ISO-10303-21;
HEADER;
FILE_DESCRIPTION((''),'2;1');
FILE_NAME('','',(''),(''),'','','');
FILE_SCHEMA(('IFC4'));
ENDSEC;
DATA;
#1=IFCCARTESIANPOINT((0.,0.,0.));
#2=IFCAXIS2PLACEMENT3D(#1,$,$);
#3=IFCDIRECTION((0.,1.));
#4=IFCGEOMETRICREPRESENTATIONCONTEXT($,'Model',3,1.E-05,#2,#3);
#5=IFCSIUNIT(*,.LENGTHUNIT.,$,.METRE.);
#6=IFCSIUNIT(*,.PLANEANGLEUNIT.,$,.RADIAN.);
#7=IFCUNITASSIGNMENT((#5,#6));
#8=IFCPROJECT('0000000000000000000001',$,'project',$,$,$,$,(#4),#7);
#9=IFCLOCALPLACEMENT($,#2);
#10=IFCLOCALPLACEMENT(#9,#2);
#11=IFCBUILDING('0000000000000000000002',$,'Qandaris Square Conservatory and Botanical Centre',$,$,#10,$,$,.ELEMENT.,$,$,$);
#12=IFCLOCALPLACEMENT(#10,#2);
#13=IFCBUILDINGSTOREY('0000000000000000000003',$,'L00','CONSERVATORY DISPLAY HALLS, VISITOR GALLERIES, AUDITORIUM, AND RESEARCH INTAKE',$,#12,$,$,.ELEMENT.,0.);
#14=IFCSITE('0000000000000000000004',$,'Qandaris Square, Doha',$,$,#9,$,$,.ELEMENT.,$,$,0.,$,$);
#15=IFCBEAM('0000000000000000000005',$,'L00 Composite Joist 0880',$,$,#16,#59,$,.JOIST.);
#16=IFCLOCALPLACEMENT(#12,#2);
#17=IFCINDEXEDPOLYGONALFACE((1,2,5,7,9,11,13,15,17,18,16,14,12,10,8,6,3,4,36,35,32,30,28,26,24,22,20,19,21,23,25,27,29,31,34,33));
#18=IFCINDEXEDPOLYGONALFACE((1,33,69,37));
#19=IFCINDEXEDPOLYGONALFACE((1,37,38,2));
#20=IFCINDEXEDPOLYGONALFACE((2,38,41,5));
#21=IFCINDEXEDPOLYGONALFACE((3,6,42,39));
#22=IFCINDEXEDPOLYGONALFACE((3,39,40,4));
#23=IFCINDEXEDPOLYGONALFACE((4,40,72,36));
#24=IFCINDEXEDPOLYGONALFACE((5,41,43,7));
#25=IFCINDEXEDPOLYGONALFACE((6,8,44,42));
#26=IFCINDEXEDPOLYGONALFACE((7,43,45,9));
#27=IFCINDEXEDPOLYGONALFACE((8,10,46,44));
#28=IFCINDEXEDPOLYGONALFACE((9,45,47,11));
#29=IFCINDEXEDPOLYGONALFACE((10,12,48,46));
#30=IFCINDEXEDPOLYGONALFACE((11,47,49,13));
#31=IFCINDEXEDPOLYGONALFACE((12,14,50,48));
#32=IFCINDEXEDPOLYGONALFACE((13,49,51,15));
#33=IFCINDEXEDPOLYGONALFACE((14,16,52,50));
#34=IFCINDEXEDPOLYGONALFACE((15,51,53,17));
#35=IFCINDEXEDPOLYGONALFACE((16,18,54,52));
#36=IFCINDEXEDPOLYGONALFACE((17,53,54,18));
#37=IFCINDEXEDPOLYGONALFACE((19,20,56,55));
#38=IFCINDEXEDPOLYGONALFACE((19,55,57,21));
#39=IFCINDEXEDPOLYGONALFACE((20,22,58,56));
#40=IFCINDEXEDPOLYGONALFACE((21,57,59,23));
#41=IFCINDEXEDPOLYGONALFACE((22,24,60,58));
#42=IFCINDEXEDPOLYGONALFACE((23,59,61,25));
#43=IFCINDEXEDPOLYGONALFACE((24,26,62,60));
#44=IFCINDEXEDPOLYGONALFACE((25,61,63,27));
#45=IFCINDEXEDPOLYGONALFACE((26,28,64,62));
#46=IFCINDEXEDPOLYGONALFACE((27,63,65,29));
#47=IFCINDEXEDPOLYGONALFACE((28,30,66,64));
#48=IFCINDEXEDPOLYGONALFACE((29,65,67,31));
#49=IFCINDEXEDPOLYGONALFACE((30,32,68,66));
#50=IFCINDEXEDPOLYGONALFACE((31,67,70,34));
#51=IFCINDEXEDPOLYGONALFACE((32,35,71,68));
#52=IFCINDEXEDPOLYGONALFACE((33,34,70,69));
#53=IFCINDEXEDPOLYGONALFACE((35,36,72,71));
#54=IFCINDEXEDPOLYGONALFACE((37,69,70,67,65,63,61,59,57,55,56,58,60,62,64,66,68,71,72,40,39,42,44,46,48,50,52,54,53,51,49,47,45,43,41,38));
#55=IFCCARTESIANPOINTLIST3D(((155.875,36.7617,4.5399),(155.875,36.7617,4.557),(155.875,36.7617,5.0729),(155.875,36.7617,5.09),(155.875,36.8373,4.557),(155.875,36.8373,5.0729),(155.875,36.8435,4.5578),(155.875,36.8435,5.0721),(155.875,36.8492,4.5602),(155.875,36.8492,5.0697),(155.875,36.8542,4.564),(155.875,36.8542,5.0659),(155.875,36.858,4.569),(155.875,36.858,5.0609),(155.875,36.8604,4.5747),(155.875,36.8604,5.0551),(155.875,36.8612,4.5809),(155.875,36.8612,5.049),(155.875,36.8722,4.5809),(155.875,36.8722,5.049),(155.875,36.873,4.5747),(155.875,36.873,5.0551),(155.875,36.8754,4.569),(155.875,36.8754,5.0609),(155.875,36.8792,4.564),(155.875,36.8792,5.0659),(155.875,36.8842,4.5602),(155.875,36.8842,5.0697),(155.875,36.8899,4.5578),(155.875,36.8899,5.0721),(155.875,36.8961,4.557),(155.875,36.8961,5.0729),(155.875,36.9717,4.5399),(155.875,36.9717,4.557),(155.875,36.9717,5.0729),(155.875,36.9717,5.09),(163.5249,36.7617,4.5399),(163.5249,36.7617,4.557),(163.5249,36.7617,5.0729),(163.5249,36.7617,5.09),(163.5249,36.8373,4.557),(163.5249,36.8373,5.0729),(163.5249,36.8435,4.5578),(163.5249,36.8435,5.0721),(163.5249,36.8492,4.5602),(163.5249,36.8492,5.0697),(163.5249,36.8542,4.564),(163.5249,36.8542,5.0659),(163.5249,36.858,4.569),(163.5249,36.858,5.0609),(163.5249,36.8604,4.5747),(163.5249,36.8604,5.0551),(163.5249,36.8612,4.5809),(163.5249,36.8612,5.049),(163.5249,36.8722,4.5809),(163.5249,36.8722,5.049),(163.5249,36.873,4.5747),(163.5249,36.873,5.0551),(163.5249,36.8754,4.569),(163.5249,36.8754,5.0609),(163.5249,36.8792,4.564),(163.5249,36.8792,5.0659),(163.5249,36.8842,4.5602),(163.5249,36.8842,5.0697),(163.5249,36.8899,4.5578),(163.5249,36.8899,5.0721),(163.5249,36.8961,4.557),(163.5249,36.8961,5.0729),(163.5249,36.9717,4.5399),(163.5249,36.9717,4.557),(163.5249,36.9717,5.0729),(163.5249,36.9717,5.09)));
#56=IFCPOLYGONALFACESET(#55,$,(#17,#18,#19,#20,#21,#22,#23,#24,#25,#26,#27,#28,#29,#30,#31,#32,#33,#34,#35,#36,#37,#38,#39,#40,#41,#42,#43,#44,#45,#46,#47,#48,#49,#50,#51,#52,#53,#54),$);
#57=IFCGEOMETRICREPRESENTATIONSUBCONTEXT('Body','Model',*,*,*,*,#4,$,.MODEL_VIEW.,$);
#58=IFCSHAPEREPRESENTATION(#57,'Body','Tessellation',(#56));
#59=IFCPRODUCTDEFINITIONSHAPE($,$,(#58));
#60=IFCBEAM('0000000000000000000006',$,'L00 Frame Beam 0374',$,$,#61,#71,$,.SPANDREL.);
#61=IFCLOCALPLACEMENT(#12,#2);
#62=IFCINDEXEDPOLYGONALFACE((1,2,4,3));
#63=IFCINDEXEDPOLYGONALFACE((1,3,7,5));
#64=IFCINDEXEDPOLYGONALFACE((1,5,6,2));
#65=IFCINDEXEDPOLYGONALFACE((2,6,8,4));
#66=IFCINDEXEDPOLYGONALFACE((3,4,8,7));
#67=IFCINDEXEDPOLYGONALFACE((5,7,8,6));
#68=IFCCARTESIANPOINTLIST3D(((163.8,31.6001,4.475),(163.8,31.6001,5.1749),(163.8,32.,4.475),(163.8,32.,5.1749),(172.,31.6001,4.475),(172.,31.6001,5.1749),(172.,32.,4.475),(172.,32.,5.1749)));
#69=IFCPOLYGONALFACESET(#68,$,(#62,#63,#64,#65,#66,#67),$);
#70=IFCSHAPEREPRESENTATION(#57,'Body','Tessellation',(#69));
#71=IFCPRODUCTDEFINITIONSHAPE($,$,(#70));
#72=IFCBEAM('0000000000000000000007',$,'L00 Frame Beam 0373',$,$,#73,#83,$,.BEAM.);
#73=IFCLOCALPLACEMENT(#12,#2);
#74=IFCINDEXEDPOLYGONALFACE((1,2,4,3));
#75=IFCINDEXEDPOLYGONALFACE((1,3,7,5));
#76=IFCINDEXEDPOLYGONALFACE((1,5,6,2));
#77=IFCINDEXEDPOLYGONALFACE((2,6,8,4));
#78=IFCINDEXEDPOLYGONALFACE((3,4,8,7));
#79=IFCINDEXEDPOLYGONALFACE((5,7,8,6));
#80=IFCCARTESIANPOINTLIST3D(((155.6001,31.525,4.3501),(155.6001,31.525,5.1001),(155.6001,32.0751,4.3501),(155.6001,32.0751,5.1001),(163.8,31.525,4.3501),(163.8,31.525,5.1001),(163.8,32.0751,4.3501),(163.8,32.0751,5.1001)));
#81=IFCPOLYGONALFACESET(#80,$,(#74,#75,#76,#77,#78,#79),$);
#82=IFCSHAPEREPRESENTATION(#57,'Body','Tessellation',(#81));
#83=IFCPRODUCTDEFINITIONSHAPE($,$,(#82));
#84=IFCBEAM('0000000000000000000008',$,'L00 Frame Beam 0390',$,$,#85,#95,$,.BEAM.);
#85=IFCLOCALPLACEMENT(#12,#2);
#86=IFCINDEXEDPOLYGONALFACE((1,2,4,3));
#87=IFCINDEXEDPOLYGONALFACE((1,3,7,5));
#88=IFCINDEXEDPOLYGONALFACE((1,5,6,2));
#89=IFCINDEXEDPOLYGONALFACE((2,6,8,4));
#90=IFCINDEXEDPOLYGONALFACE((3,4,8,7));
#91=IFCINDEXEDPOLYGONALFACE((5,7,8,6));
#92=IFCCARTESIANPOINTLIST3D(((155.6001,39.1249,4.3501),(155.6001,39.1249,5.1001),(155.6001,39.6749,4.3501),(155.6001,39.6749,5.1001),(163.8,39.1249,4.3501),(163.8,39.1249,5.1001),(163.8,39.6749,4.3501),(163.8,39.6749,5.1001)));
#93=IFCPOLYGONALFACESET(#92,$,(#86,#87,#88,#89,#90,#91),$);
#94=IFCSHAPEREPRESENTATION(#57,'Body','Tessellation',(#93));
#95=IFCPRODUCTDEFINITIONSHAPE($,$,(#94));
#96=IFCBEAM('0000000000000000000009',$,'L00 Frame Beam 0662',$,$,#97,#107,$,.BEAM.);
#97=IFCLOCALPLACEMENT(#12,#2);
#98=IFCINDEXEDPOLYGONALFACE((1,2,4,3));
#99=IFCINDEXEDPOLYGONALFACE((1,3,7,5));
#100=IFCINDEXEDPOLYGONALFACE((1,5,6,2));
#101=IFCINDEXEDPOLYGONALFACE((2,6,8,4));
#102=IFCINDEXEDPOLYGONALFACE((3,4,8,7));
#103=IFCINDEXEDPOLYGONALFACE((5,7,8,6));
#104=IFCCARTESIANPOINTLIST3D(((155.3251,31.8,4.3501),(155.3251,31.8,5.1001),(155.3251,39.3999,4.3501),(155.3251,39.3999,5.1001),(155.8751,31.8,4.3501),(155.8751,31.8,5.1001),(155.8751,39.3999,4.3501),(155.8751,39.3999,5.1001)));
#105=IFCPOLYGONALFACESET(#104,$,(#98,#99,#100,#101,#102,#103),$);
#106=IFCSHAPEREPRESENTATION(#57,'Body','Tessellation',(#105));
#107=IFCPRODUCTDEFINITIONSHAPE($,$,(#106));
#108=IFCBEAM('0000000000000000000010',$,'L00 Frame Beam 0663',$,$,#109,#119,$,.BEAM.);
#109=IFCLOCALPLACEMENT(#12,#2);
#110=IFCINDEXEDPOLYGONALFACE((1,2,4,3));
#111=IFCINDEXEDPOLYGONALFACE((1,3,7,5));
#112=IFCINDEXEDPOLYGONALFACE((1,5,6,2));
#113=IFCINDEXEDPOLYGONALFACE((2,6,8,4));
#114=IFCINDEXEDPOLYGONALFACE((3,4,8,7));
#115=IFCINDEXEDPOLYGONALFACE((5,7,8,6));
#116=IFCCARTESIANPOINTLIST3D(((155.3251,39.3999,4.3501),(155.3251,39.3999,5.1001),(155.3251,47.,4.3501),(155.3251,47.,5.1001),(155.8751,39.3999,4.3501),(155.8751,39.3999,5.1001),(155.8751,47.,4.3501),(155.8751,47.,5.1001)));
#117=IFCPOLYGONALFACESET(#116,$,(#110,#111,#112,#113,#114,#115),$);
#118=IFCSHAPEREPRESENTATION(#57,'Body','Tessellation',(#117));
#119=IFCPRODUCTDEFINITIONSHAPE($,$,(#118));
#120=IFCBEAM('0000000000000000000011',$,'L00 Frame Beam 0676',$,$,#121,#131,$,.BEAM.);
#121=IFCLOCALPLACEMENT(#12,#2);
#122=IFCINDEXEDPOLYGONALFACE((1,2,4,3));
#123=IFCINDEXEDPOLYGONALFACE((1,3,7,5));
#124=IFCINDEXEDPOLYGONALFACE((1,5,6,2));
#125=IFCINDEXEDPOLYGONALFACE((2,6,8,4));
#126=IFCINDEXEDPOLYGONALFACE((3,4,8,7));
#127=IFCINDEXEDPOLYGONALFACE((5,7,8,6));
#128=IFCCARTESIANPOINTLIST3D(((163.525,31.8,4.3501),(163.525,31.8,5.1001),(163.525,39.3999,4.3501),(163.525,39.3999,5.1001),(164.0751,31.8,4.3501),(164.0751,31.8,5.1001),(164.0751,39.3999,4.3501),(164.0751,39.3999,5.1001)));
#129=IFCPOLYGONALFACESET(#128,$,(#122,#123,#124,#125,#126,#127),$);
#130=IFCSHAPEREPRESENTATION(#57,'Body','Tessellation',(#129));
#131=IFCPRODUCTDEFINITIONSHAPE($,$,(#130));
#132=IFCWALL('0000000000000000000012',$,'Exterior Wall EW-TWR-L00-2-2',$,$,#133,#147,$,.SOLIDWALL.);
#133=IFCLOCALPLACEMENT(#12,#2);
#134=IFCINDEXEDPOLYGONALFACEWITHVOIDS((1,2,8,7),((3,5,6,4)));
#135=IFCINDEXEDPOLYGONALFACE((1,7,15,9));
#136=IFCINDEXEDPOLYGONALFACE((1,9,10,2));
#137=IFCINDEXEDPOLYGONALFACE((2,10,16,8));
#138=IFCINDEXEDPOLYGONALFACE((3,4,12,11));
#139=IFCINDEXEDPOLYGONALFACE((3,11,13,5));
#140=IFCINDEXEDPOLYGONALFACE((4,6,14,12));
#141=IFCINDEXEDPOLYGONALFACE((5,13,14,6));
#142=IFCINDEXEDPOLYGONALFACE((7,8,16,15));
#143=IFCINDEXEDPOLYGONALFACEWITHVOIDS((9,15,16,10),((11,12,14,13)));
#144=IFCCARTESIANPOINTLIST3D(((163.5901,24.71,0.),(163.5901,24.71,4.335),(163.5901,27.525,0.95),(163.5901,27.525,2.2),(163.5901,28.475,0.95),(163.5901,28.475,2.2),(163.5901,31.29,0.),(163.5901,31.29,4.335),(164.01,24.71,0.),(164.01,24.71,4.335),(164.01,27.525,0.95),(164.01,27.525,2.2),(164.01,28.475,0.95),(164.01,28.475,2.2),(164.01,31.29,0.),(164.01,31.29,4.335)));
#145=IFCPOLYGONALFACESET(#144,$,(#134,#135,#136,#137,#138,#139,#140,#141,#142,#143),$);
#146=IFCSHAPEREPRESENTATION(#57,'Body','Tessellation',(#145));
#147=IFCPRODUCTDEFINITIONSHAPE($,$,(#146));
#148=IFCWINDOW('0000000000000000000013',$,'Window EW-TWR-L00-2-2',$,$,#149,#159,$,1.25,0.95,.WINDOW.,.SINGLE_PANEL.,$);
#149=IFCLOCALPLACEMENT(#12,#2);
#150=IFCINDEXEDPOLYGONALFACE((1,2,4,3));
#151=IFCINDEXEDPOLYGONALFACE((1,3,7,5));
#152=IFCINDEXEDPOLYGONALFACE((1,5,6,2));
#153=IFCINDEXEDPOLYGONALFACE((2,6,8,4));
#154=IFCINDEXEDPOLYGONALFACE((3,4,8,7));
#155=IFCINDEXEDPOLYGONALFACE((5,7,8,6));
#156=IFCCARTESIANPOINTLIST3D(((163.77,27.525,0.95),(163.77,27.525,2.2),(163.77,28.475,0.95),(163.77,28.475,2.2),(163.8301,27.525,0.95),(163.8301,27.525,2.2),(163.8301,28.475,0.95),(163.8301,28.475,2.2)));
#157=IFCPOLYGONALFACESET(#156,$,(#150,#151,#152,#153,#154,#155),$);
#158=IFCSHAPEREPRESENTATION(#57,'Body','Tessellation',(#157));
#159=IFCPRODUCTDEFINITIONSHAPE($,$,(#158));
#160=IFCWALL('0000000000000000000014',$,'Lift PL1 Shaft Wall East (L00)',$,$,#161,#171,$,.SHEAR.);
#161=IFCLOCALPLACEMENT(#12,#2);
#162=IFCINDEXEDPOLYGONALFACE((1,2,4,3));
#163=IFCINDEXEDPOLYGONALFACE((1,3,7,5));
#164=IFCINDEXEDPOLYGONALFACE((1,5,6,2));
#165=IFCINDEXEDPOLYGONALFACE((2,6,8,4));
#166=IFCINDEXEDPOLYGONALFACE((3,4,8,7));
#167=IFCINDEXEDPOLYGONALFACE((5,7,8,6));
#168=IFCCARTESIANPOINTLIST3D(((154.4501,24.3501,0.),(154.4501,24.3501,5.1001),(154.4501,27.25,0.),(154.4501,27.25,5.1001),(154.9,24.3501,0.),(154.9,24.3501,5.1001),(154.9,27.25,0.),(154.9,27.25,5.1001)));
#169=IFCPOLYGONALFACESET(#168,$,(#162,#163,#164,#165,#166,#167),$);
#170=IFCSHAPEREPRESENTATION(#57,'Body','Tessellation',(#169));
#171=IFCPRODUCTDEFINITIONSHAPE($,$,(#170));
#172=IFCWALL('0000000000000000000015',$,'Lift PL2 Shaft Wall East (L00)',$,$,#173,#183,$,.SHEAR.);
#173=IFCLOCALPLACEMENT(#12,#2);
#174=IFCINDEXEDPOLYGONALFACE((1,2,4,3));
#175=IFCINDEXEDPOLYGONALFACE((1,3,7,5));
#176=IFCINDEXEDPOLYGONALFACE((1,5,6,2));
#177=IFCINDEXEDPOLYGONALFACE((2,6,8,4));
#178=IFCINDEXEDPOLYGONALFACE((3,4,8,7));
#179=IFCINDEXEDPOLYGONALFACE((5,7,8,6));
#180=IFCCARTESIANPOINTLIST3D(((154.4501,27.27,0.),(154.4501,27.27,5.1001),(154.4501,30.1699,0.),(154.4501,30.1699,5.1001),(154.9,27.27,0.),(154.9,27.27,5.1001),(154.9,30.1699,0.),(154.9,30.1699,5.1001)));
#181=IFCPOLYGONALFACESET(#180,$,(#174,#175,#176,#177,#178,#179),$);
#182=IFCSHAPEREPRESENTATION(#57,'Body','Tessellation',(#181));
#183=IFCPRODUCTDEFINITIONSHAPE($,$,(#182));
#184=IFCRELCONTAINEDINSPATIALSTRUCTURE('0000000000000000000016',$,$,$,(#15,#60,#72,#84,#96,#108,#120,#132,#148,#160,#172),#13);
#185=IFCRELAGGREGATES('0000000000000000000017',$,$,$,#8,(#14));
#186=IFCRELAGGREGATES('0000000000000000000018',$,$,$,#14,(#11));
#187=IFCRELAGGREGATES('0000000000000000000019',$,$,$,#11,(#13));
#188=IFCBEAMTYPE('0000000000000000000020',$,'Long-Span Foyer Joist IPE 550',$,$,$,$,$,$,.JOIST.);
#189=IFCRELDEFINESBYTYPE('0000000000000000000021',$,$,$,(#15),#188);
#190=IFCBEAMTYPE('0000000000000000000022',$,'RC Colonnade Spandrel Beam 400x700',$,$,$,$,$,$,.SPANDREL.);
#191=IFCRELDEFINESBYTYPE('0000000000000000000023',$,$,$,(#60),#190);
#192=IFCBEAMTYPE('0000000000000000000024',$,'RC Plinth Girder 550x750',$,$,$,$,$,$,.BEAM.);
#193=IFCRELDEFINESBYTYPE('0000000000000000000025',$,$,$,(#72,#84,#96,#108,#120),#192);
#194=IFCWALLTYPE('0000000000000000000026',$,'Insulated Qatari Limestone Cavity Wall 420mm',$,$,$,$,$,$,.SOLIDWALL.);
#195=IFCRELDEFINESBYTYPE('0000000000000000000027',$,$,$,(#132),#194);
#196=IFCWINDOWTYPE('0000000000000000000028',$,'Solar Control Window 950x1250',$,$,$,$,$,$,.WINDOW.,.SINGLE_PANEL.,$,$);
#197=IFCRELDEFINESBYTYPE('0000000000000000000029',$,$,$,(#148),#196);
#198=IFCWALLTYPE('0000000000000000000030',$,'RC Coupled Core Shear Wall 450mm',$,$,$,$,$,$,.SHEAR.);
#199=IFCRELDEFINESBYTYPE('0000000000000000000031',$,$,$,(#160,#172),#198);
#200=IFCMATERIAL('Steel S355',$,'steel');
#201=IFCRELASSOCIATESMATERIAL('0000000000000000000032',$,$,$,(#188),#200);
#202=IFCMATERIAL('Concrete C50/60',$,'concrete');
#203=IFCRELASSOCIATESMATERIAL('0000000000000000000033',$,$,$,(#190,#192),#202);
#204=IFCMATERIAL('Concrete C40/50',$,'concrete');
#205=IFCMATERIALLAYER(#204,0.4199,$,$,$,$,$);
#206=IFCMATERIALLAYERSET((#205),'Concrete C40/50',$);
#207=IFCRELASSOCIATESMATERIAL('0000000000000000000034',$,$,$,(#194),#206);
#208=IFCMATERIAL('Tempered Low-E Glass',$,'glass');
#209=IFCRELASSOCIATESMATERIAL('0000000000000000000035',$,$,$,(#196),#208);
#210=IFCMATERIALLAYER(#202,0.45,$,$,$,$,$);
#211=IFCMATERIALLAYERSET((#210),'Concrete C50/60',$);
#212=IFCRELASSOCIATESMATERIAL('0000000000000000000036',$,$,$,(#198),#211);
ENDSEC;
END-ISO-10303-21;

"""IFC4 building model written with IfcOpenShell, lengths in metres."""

from ifc_helpers import new_model, si_unit, direction, frame, frame_2d, origin, origin_2d, place, context, subcontext, project, spatial, rectangle, i_section, extrude, material, layer, layer_set, material_profile, profile_set, type_object, element, fill, save


model = new_model("IFC4")

# Units and contexts
model_context = context("Model", 3, precision=1e-05, world=origin(), true_north=direction((0.0, 1.0)))
body_context = subcontext(model_context, "Body", "Model", "MODEL_VIEW")
ifc_project = project(units=[si_unit("LENGTHUNIT", "METRE"), si_unit("PLANEANGLEUNIT", "RADIAN")], contexts=[model_context])

# Site, building, storey
site_placement = place(None, origin())
site = spatial("IfcSite", under=ifc_project, at=site_placement, Name="Qandaris Square, Doha", CompositionType="ELEMENT", RefElevation=0.0)
building_placement = place(site_placement, origin())
building = spatial("IfcBuilding", under=site, at=building_placement, Name="Qandaris Square Conservatory and Botanical Centre", CompositionType="ELEMENT")
storey_placement = place(building_placement, origin())
storey = spatial("IfcBuildingStorey", under=building, at=storey_placement, Name="L00", Description="CONSERVATORY DISPLAY HALLS, VISITOR GALLERIES, AUDITORIUM, AND RESEARCH INTAKE", CompositionType="ELEMENT", Elevation=0.0)

# Shared definitions
ifc_material_1 = material(Name="Concrete C50/60", Category="concrete")

# Beams
ifc_material_2 = material(Name="Steel S355", Category="steel")
ifc_material_profile_1 = material_profile(ifc_material_2, i_section(OverallWidth=0.21, OverallDepth=0.55, WebThickness=0.011, FlangeThickness=0.0171, FilletRadius=0.0239, at=origin_2d()), Name="IPE 550")
ifc_profile_set_1 = profile_set([ifc_material_profile_1], Name="Steel S355")
beam_type_1 = type_object("IfcBeamType", Name="Long-Span Foyer Joist IPE 550", PredefinedType="JOIST", material=ifc_profile_set_1)
beam_1_placement = place(storey_placement, frame((155.875, 36.8667, 4.8149), z_axis=(1.0, 0.0, 0.0), x_axis=(0.0, 1.0, 0.0)))
element("IfcBeam", 1, at=beam_1_placement, inside=storey, type_object=beam_type_1, Name="L00 Composite Joist 0880", PredefinedType="JOIST", context=body_context, shape_type="SweptSolid", body=[
    extrude(i_section(OverallWidth=0.21, OverallDepth=0.55, WebThickness=0.011, FlangeThickness=0.0171, FilletRadius=0.0239, at=origin_2d()), origin(), (0.0, 0.0, 1.0), 7.6499),
])
ifc_material_profile_2 = material_profile(ifc_material_1, rectangle(XDim=0.3999, YDim=0.7, at=origin_2d()), Name="RC-SP 400x700")
ifc_profile_set_2 = profile_set([ifc_material_profile_2], Name="Concrete C50/60")
beam_type_2 = type_object("IfcBeamType", Name="RC Colonnade Spandrel Beam 400x700", PredefinedType="SPANDREL", material=ifc_profile_set_2)
beam_2_placement = place(storey_placement, frame((163.8, 31.8, 4.825), z_axis=(1.0, 0.0, 0.0), x_axis=(0.0, 1.0, 0.0)))
element("IfcBeam", 2, at=beam_2_placement, inside=storey, type_object=beam_type_2, Name="L00 Frame Beam 0374", PredefinedType="SPANDREL", context=body_context, shape_type="SweptSolid", body=[
    extrude(rectangle(XDim=0.3999, YDim=0.7, at=origin_2d()), origin(), (0.0, 0.0, 1.0), 8.2),
])
ifc_material_profile_3 = material_profile(ifc_material_1, rectangle(XDim=0.55, YDim=0.75, at=origin_2d()), Name="RC-BM 550x750")
ifc_profile_set_3 = profile_set([ifc_material_profile_3], Name="Concrete C50/60")
beam_type_3 = type_object("IfcBeamType", Name="RC Plinth Girder 550x750", PredefinedType="BEAM", material=ifc_profile_set_3)
for number, where, z_axis, x_axis, name in (
    (3, (155.6001, 31.8, 4.7251), (1.0, 0.0, 0.0), (0.0, 1.0, 0.0), "L00 Frame Beam 0373"),
    (4, (155.6001, 39.3999, 4.7251), (1.0, 0.0, 0.0), (0.0, 1.0, 0.0), "L00 Frame Beam 0390"),
):
    element("IfcBeam", number, at=place(storey_placement, frame(where, z_axis=z_axis, x_axis=x_axis)), inside=storey, type_object=beam_type_3, Name=name, PredefinedType="BEAM", context=body_context, shape_type="SweptSolid", body=[
        extrude(rectangle(XDim=0.55, YDim=0.75, at=origin_2d()), origin(), (0.0, 0.0, 1.0), 8.2),
    ])
beam_3_placement = place(storey_placement, frame((155.6001, 31.8, 4.7251), z_axis=(0.0, 1.0, 0.0), x_axis=(-1.0, 0.0, 0.0)))
element("IfcBeam", 5, at=beam_3_placement, inside=storey, type_object=beam_type_3, Name="L00 Frame Beam 0662", PredefinedType="BEAM", context=body_context, shape_type="SweptSolid", body=[
    extrude(rectangle(XDim=0.55, YDim=0.75, at=origin_2d()), origin(), (0.0, 0.0, 1.0), 7.5999),
])
beam_4_placement = place(storey_placement, frame((155.6001, 39.3999, 4.7251), z_axis=(0.0, 1.0, 0.0), x_axis=(-1.0, 0.0, 0.0)))
element("IfcBeam", 6, at=beam_4_placement, inside=storey, type_object=beam_type_3, Name="L00 Frame Beam 0663", PredefinedType="BEAM", context=body_context, shape_type="SweptSolid", body=[
    extrude(rectangle(XDim=0.55, YDim=0.75, at=origin_2d()), origin(), (0.0, 0.0, 1.0), 7.6001),
])
beam_5_placement = place(storey_placement, frame((163.8, 31.8, 4.7251), z_axis=(0.0, 1.0, 0.0), x_axis=(-1.0, 0.0, 0.0)))
element("IfcBeam", 7, at=beam_5_placement, inside=storey, type_object=beam_type_3, Name="L00 Frame Beam 0676", PredefinedType="BEAM", context=body_context, shape_type="SweptSolid", body=[
    extrude(rectangle(XDim=0.55, YDim=0.75, at=origin_2d()), origin(), (0.0, 0.0, 1.0), 7.5999),
])

# Wall, opening, window
ifc_material_3 = material(Name="Concrete C40/50", Category="concrete")
ifc_layer_1 = layer(ifc_material_3, 0.4199)
ifc_layer_set_1 = layer_set([ifc_layer_1], Name="Concrete C40/50")
wall_type_1 = type_object("IfcWallType", Name="Insulated Qatari Limestone Cavity Wall 420mm", PredefinedType="SOLIDWALL", material=ifc_layer_set_1)
wall_1_placement = place(storey_placement, frame((163.8, 24.71, 0.0), z_axis=(0.0, 0.0, 1.0), x_axis=(0.0, 1.0, 0.0)))
wall_1 = element("IfcWall", 8, at=wall_1_placement, inside=storey, type_object=wall_type_1, Name="Exterior Wall EW-TWR-L00-2-2", PredefinedType="SOLIDWALL", context=body_context, shape_type="SweptSolid", body=[
    extrude(rectangle(XDim=6.5801, YDim=0.4199, at=frame_2d((3.29, 0.0))), origin(), (0.0, 0.0, 1.0), 4.335),
])
opening_placement = place(wall_1_placement, frame((2.8149, 0.0, 0.95)))
opening = element("IfcOpeningElement", 9, at=opening_placement, cuts=wall_1, PredefinedType="OPENING", context=body_context, shape_type="SweptSolid", body=[
    extrude(rectangle(XDim=0.95, YDim=1.25, at=frame_2d((0.4751, 0.625))), frame((0.0, 0.2219, 0.0), z_axis=(0.0, -1.0, 0.0), x_axis=(1.0, 0.0, 0.0)), (0.0, 0.0, 1.0), 0.4438),
])
ifc_material_4 = material(Name="Tempered Low-E Glass", Category="glass")
window_type = type_object("IfcWindowType", Name="Solar Control Window 950x1250", PartitioningType="SINGLE_PANEL", PredefinedType="WINDOW", material=ifc_material_4)
window_placement = place(opening_placement, origin())
window = element("IfcWindow", 10, at=window_placement, inside=storey, type_object=window_type, Name="Window EW-TWR-L00-2-2", OverallHeight=1.25, OverallWidth=0.95, PartitioningType="SINGLE_PANEL", PredefinedType="WINDOW", context=body_context, shape_type="SweptSolid", body=[
    extrude(rectangle(XDim=0.95, YDim=1.25, at=frame_2d((0.4751, 0.625))), frame((0.0, 0.03, 0.0), z_axis=(0.0, -1.0, 0.0), x_axis=(1.0, 0.0, 0.0)), (0.0, 0.0, 1.0), 0.0601),
])
fill(opening, window)

# Walls
ifc_layer_2 = layer(ifc_material_1, 0.45)
ifc_layer_set_2 = layer_set([ifc_layer_2], Name="Concrete C50/60")
wall_type_2 = type_object("IfcWallType", Name="RC Coupled Core Shear Wall 450mm", PredefinedType="SHEAR", material=ifc_layer_set_2)
for number, where, z_axis, x_axis, name in (
    (11, (154.675, 24.3501, 0.0), (0.0, 0.0, 1.0), (0.0, 1.0, 0.0), "Lift PL1 Shaft Wall East (L00)"),
    (12, (154.675, 27.27, 0.0), (0.0, 0.0, 1.0), (0.0, 1.0, 0.0), "Lift PL2 Shaft Wall East (L00)"),
):
    element("IfcWall", number, at=place(storey_placement, frame(where, z_axis=z_axis, x_axis=x_axis)), inside=storey, type_object=wall_type_2, Name=name, PredefinedType="SHEAR", context=body_context, shape_type="SweptSolid", body=[
        extrude(rectangle(XDim=2.8999, YDim=0.45, at=frame_2d((1.45, 0.0))), origin(), (0.0, 0.0, 1.0), 5.1001),
    ])

save(model, "model.ifc")
